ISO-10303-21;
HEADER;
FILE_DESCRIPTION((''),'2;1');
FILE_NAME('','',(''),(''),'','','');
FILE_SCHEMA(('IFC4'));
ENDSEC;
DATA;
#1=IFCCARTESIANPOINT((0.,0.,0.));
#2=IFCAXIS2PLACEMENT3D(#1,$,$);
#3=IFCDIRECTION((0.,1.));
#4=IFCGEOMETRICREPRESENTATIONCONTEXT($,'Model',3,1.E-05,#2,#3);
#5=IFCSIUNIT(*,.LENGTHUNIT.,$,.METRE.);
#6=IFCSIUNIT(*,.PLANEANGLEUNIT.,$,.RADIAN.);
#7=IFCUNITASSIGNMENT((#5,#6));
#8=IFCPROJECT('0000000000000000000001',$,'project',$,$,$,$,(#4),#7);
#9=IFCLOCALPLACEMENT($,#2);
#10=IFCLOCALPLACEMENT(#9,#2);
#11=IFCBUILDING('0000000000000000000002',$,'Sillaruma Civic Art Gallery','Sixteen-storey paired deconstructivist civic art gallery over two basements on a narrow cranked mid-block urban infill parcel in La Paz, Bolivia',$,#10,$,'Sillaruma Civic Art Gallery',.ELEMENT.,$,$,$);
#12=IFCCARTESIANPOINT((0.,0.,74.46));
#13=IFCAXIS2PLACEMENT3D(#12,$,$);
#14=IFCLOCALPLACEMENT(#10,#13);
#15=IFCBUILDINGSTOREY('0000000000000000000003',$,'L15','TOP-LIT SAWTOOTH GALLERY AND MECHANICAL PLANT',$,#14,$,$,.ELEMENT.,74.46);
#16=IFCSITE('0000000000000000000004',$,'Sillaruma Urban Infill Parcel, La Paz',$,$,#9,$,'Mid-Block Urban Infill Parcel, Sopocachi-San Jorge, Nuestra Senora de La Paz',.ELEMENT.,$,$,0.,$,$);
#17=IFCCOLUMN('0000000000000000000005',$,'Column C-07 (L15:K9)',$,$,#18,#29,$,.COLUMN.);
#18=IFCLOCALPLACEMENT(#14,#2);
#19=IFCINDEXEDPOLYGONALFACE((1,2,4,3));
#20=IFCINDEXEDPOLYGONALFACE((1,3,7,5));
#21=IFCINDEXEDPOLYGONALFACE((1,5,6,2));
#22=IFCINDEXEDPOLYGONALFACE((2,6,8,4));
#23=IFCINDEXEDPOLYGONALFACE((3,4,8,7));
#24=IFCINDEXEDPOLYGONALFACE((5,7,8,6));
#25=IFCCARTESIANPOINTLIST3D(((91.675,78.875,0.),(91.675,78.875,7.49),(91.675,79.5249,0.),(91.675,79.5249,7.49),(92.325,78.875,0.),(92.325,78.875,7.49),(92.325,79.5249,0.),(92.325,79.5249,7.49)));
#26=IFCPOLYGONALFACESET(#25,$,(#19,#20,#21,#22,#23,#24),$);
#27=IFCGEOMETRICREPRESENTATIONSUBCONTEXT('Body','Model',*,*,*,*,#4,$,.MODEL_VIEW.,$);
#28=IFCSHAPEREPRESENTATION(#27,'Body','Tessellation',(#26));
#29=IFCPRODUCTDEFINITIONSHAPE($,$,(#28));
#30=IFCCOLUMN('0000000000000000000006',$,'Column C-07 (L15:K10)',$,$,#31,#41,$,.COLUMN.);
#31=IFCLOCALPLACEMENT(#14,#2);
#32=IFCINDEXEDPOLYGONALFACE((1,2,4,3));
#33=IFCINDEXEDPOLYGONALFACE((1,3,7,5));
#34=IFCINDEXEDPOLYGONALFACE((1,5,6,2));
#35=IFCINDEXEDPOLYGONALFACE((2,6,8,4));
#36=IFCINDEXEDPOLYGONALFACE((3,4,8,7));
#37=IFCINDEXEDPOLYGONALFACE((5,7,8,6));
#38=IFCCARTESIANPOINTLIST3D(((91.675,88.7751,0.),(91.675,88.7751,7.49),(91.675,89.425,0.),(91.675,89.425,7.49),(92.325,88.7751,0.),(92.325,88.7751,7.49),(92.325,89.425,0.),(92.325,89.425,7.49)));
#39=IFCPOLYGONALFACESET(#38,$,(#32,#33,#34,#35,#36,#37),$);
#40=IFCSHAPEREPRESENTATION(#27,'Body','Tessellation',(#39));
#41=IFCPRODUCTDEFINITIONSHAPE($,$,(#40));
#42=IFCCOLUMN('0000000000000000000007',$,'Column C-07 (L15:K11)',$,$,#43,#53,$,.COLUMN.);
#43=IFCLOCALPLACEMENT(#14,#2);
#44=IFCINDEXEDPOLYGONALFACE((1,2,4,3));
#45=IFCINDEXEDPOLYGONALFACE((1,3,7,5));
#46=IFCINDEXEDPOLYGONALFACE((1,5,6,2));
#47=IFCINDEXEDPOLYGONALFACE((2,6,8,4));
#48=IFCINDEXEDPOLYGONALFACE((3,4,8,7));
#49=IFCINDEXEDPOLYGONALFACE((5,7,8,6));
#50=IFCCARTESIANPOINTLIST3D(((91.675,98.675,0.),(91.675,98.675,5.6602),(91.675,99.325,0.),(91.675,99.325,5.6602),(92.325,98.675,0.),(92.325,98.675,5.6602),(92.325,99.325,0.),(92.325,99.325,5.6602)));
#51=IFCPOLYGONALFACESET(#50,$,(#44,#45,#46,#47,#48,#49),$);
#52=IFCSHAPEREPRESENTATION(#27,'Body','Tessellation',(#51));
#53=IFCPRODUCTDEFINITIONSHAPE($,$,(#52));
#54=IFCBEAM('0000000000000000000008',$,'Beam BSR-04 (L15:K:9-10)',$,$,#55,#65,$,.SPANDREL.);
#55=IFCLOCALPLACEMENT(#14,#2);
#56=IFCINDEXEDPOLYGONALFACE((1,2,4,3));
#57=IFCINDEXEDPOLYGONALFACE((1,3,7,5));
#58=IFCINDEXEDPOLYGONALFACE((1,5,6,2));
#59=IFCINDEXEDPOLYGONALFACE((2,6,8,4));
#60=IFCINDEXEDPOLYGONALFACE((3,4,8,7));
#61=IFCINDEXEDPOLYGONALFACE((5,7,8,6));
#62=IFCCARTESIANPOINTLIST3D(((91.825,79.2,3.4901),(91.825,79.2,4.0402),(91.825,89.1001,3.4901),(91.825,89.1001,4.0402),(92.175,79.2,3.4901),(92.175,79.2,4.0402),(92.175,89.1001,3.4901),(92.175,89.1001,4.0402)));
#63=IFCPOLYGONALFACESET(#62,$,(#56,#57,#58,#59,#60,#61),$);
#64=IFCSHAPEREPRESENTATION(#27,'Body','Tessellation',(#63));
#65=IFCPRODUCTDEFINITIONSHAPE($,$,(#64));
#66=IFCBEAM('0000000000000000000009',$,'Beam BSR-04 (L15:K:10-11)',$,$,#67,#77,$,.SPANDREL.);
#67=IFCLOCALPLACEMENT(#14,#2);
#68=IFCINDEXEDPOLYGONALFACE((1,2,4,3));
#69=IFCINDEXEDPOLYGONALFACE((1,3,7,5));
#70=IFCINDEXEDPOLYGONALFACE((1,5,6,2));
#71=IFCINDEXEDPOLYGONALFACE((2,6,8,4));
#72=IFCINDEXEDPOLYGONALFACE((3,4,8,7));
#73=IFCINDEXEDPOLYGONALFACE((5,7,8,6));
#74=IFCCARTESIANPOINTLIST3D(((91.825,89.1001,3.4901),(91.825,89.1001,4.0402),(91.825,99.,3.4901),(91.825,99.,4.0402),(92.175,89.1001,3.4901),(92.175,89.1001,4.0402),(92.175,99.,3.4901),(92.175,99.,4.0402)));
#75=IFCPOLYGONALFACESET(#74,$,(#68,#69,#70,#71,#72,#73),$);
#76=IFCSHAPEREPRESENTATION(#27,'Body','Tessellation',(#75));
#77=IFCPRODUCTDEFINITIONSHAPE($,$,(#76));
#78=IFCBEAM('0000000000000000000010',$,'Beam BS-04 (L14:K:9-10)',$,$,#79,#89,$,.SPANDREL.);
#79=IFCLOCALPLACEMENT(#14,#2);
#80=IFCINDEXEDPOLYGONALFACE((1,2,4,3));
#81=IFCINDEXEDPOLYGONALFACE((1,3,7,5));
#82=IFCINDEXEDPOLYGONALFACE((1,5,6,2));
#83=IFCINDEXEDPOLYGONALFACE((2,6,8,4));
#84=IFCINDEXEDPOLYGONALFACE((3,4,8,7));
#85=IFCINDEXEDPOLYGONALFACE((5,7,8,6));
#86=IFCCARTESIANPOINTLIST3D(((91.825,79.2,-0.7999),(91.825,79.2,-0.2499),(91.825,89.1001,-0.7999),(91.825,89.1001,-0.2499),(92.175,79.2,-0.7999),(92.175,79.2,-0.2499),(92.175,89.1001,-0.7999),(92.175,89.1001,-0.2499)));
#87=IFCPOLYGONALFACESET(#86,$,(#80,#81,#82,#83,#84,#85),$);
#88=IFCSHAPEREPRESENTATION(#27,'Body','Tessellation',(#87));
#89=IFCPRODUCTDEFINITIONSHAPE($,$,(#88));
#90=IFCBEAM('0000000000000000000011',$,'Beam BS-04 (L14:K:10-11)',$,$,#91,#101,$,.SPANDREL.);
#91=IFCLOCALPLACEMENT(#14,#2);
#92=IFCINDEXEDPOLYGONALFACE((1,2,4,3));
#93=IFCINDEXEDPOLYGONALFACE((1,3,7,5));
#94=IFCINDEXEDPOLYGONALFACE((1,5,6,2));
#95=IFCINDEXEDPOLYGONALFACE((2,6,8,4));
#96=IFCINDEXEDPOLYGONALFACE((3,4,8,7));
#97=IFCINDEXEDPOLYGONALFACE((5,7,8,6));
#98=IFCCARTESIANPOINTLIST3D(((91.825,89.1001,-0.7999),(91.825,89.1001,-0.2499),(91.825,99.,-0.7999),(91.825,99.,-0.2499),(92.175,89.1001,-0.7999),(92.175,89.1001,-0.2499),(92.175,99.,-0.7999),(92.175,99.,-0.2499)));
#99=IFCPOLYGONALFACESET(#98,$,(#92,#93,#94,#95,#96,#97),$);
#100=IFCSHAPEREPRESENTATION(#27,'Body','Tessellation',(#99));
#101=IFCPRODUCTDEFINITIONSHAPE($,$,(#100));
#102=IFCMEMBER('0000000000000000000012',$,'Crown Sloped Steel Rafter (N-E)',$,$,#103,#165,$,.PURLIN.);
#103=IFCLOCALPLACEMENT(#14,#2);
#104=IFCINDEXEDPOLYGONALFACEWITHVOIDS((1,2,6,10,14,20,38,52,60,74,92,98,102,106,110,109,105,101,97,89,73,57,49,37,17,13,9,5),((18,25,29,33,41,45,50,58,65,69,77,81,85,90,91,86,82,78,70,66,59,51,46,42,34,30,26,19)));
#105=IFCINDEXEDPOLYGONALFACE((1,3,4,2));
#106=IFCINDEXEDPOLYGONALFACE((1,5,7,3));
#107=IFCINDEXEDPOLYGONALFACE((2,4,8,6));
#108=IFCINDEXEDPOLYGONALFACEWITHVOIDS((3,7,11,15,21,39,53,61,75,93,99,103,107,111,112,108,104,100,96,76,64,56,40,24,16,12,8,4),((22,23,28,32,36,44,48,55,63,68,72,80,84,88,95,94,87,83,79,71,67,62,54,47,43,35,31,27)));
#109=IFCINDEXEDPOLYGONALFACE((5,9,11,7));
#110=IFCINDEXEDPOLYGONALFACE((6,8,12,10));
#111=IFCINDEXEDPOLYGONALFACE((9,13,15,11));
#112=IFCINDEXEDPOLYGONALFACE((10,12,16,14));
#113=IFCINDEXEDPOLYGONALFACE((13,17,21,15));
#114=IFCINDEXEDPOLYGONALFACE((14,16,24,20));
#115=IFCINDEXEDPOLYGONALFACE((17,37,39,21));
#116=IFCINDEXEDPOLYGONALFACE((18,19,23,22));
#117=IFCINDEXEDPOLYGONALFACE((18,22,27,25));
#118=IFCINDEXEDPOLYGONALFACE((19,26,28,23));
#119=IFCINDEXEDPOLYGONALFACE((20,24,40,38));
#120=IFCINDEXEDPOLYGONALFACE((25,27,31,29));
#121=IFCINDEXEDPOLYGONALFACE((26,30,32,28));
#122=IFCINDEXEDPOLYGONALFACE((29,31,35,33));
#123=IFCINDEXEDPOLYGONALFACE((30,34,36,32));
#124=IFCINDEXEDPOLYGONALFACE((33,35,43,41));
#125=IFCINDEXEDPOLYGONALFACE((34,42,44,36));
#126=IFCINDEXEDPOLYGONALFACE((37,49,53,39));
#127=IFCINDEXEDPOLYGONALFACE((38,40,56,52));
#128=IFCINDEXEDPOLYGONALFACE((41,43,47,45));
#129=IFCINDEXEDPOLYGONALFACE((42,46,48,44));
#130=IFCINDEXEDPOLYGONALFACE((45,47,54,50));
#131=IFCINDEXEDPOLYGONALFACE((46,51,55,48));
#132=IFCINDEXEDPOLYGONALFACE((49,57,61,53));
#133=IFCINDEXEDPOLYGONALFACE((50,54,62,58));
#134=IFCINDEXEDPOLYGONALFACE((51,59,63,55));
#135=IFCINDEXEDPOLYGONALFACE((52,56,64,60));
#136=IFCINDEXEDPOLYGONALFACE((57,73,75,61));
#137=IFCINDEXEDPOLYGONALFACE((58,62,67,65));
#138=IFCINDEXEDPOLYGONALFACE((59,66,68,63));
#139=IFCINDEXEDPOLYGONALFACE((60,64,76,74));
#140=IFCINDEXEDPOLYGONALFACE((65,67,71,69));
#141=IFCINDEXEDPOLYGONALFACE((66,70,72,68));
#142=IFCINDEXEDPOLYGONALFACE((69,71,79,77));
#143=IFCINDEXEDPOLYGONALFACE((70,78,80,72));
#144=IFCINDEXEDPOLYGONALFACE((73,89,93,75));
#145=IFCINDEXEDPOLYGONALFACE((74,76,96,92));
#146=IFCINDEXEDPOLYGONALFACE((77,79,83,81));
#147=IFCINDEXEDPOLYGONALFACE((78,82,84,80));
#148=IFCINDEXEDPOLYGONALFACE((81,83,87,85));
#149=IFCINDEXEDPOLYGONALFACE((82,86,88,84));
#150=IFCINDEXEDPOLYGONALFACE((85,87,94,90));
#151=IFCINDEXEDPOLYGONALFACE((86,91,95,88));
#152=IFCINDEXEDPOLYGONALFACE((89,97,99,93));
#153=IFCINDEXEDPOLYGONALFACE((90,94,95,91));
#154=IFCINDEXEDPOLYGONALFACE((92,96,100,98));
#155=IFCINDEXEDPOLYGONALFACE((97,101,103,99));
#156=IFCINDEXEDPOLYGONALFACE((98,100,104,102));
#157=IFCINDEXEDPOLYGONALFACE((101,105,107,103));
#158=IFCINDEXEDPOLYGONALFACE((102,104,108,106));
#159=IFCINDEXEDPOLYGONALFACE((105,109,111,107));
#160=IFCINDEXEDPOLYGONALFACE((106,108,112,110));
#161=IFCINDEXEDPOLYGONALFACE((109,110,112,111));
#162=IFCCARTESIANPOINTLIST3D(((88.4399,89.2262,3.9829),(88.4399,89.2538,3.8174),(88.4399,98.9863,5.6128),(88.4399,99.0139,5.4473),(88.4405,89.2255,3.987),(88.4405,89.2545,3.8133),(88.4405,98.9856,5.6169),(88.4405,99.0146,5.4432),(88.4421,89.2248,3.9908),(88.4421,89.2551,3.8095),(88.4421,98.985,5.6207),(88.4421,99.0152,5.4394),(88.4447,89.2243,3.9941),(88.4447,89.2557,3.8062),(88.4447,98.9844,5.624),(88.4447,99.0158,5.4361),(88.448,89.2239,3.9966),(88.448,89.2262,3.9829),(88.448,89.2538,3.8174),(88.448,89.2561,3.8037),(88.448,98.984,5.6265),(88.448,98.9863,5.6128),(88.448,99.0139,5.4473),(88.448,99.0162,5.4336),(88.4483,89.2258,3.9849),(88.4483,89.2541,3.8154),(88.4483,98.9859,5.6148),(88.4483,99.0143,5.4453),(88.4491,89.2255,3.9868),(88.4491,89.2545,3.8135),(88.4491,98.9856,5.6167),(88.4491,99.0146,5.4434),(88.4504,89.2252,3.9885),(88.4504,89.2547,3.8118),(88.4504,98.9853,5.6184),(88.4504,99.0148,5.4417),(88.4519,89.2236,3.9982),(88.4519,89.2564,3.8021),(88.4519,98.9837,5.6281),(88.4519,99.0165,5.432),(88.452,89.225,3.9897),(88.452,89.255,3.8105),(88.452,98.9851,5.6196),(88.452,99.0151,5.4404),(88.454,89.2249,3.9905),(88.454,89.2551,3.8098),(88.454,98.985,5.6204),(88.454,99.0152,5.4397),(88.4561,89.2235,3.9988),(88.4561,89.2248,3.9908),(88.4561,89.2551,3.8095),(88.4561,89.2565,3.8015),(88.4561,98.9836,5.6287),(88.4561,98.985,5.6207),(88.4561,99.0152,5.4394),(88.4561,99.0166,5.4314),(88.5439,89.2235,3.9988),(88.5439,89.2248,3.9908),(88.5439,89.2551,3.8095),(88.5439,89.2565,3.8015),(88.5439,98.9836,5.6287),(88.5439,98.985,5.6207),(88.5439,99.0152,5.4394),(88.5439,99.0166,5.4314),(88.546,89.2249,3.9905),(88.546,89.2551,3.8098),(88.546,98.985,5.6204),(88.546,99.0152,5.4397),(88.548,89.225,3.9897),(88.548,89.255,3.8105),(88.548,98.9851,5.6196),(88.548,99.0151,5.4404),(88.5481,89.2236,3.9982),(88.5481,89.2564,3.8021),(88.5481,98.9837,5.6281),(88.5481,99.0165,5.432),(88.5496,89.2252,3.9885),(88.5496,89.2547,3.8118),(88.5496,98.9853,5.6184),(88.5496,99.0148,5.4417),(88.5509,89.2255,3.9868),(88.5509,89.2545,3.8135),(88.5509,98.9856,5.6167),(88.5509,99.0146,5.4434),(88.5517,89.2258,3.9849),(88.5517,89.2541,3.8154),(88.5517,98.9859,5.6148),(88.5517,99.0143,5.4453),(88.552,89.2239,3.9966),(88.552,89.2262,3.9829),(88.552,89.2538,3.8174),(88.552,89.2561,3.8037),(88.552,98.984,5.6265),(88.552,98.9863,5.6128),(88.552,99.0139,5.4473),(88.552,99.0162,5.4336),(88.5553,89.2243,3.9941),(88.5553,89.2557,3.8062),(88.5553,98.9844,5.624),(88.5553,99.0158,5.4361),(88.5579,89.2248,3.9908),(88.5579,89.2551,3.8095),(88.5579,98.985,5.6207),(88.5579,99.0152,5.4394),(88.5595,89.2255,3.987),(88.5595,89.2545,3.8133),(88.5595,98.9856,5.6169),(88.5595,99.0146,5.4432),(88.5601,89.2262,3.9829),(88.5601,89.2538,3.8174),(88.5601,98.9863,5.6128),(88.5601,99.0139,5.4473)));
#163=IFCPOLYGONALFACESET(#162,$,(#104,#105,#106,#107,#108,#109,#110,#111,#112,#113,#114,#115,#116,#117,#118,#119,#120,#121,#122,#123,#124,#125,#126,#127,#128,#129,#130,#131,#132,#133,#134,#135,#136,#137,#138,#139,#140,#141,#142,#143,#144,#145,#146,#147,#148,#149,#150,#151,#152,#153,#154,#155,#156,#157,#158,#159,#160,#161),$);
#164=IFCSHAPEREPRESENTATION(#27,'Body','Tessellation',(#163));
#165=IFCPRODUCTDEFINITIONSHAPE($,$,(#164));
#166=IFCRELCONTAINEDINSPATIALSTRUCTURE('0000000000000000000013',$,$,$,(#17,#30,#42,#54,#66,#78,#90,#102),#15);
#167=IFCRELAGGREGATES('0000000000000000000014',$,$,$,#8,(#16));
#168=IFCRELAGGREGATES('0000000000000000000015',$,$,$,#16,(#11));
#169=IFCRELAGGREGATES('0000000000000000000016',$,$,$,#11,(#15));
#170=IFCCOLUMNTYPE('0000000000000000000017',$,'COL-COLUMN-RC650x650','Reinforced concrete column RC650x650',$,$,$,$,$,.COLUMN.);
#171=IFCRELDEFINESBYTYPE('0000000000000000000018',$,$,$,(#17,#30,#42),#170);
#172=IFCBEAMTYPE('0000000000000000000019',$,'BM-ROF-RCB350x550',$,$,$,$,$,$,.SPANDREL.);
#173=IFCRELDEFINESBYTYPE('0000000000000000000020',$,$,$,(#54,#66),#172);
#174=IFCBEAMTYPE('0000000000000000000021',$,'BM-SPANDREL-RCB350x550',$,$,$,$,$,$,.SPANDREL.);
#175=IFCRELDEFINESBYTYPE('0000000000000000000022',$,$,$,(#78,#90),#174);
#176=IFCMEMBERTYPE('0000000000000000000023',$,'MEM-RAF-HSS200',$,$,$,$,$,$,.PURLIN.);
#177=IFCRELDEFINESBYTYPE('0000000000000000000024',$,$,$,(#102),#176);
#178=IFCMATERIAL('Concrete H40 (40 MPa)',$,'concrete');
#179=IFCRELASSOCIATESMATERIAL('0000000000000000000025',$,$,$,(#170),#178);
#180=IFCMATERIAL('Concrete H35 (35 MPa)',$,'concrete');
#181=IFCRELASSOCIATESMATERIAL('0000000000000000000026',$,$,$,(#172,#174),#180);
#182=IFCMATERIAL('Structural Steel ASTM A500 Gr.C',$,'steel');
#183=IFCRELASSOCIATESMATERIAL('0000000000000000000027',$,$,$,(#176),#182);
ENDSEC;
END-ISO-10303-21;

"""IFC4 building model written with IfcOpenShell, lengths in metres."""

from ifc_helpers import new_model, si_unit, direction, frame, origin, origin_2d, place, context, subcontext, project, spatial, rectangle, hollow_rectangle, extrude, material, material_profile, profile_set, type_object, element, save


model = new_model("IFC4")

# Units and contexts
model_context = context("Model", 3, precision=1e-05, world=origin(), true_north=direction((0.0, 1.0)))
body_context = subcontext(model_context, "Body", "Model", "MODEL_VIEW")
ifc_project = project(units=[si_unit("LENGTHUNIT", "METRE"), si_unit("PLANEANGLEUNIT", "RADIAN")], contexts=[model_context])

# Site, building, storey
site_placement = place(None, origin())
site = spatial("IfcSite", under=ifc_project, at=site_placement, Name="Sillaruma Urban Infill Parcel, La Paz", LongName="Mid-Block Urban Infill Parcel, Sopocachi-San Jorge, Nuestra Senora de La Paz", CompositionType="ELEMENT", RefElevation=0.0)
building_placement = place(site_placement, origin())
building = spatial("IfcBuilding", under=site, at=building_placement, Name="Sillaruma Civic Art Gallery", Description="Sixteen-storey paired deconstructivist civic art gallery over two basements on a narrow cranked mid-block urban infill parcel in La Paz, Bolivia", LongName="Sillaruma Civic Art Gallery", CompositionType="ELEMENT")
storey_placement = place(building_placement, frame((0.0, 0.0, 74.46)))
storey = spatial("IfcBuildingStorey", under=building, at=storey_placement, Name="L15", Description="TOP-LIT SAWTOOTH GALLERY AND MECHANICAL PLANT", CompositionType="ELEMENT", Elevation=74.46)

# Columns
ifc_material_1 = material(Name="Concrete H40 (40 MPa)", Category="concrete")
ifc_material_profile_1 = material_profile(ifc_material_1, rectangle(XDim=0.6499, YDim=0.6499, at=origin_2d()), Name="RC650x650")
ifc_profile_set_1 = profile_set([ifc_material_profile_1], Name="Concrete H40 (40 MPa)")
column_type = type_object("IfcColumnType", Name="COL-COLUMN-RC650x650", Description="Reinforced concrete column RC650x650", PredefinedType="COLUMN", material=ifc_profile_set_1)
for number, where, z_axis, x_axis, name in (
    (1, (92.0, 79.2, 0.0), (0.0, 0.0, 1.0), (1.0, 0.0, 0.0), "Column C-07 (L15:K9)"),
    (2, (92.0, 89.1001, 0.0), (0.0, 0.0, 1.0), (1.0, 0.0, 0.0), "Column C-07 (L15:K10)"),
):
    element("IfcColumn", number, at=place(storey_placement, frame(where, z_axis=z_axis, x_axis=x_axis)), inside=storey, type_object=column_type, Name=name, PredefinedType="COLUMN", context=body_context, shape_type="SweptSolid", body=[
        extrude(rectangle(XDim=0.6499, YDim=0.6499, at=origin_2d()), origin(), (0.0, 0.0, 1.0), 7.49),
    ])
column_placement = place(storey_placement, frame((92.0, 99.0, 0.0), z_axis=(0.0, 0.0, 1.0), x_axis=(1.0, 0.0, 0.0)))
element("IfcColumn", 3, at=column_placement, inside=storey, type_object=column_type, Name="Column C-07 (L15:K11)", PredefinedType="COLUMN", context=body_context, shape_type="SweptSolid", body=[
    extrude(rectangle(XDim=0.6499, YDim=0.6499, at=origin_2d()), origin(), (0.0, 0.0, 1.0), 5.6602),
])

# Beams
ifc_material_2 = material(Name="Concrete H35 (35 MPa)", Category="concrete")
ifc_material_profile_2 = material_profile(ifc_material_2, rectangle(XDim=0.3501, YDim=0.55, at=origin_2d()), Name="RCB350x550")
ifc_profile_set_2 = profile_set([ifc_material_profile_2], Name="Concrete H35 (35 MPa)")
beam_type_1 = type_object("IfcBeamType", Name="BM-ROF-RCB350x550", PredefinedType="SPANDREL", material=ifc_profile_set_2)
beam_1_placement = place(storey_placement, frame((92.0, 79.2, 3.7651), z_axis=(0.0, 1.0, 0.0), x_axis=(-1.0, 0.0, 0.0)))
element("IfcBeam", 4, at=beam_1_placement, inside=storey, type_object=beam_type_1, Name="Beam BSR-04 (L15:K:9-10)", PredefinedType="SPANDREL", context=body_context, shape_type="SweptSolid", body=[
    extrude(rectangle(XDim=0.3501, YDim=0.55, at=origin_2d()), origin(), (0.0, 0.0, 1.0), 9.9001),
])
beam_2_placement = place(storey_placement, frame((92.0, 89.1001, 3.7651), z_axis=(0.0, 1.0, 0.0), x_axis=(-1.0, 0.0, 0.0)))
element("IfcBeam", 5, at=beam_2_placement, inside=storey, type_object=beam_type_1, Name="Beam BSR-04 (L15:K:10-11)", PredefinedType="SPANDREL", context=body_context, shape_type="SweptSolid", body=[
    extrude(rectangle(XDim=0.3501, YDim=0.55, at=origin_2d()), origin(), (0.0, 0.0, 1.0), 9.8999),
])
ifc_material_profile_3 = material_profile(ifc_material_2, rectangle(XDim=0.3501, YDim=0.55, at=origin_2d()), Name="RCB350x550")
ifc_profile_set_3 = profile_set([ifc_material_profile_3], Name="Concrete H35 (35 MPa)")
beam_type_2 = type_object("IfcBeamType", Name="BM-SPANDREL-RCB350x550", PredefinedType="SPANDREL", material=ifc_profile_set_3)
beam_3_placement = place(storey_placement, frame((92.0, 79.2, -0.5249), z_axis=(0.0, 1.0, 0.0), x_axis=(-1.0, 0.0, 0.0)))
element("IfcBeam", 6, at=beam_3_placement, inside=storey, type_object=beam_type_2, Name="Beam BS-04 (L14:K:9-10)", PredefinedType="SPANDREL", context=body_context, shape_type="SweptSolid", body=[
    extrude(rectangle(XDim=0.3501, YDim=0.55, at=origin_2d()), origin(), (0.0, 0.0, 1.0), 9.9001),
])
beam_4_placement = place(storey_placement, frame((92.0, 89.1001, -0.5249), z_axis=(0.0, 1.0, 0.0), x_axis=(-1.0, 0.0, 0.0)))
element("IfcBeam", 7, at=beam_4_placement, inside=storey, type_object=beam_type_2, Name="Beam BS-04 (L14:K:10-11)", PredefinedType="SPANDREL", context=body_context, shape_type="SweptSolid", body=[
    extrude(rectangle(XDim=0.3501, YDim=0.55, at=origin_2d()), origin(), (0.0, 0.0, 1.0), 9.8999),
])

# Member
ifc_material_3 = material(Name="Structural Steel ASTM A500 Gr.C", Category="steel")
ifc_material_profile_4 = material_profile(ifc_material_3, hollow_rectangle(XDim=0.1201, YDim=0.2, WallThickness=0.0081, InnerFilletRadius=0.0081, OuterFilletRadius=0.0161, at=origin_2d()), Name="HSS200x120x8")
ifc_profile_set_4 = profile_set([ifc_material_profile_4], Name="Structural Steel ASTM A500 Gr.C")
member_type = type_object("IfcMemberType", Name="MEM-RAF-HSS200", PredefinedType="PURLIN", material=ifc_profile_set_4)
member_1_placement = place(storey_placement, frame((88.5, 89.24, 3.9001), z_axis=(0.0, 0.986341, 0.164715), x_axis=(-1.0, 0.0, 0.0)))
element("IfcMember", 8, at=member_1_placement, inside=storey, type_object=member_type, Name="Crown Sloped Steel Rafter (N-E)", PredefinedType="PURLIN", context=body_context, shape_type="SweptSolid", body=[
    extrude(hollow_rectangle(XDim=0.1201, YDim=0.2, WallThickness=0.0081, InnerFilletRadius=0.0081, OuterFilletRadius=0.0161, at=origin_2d()), origin(), (0.0, 0.0, 1.0), 9.8953),
])

save(model, "model.ifc")
